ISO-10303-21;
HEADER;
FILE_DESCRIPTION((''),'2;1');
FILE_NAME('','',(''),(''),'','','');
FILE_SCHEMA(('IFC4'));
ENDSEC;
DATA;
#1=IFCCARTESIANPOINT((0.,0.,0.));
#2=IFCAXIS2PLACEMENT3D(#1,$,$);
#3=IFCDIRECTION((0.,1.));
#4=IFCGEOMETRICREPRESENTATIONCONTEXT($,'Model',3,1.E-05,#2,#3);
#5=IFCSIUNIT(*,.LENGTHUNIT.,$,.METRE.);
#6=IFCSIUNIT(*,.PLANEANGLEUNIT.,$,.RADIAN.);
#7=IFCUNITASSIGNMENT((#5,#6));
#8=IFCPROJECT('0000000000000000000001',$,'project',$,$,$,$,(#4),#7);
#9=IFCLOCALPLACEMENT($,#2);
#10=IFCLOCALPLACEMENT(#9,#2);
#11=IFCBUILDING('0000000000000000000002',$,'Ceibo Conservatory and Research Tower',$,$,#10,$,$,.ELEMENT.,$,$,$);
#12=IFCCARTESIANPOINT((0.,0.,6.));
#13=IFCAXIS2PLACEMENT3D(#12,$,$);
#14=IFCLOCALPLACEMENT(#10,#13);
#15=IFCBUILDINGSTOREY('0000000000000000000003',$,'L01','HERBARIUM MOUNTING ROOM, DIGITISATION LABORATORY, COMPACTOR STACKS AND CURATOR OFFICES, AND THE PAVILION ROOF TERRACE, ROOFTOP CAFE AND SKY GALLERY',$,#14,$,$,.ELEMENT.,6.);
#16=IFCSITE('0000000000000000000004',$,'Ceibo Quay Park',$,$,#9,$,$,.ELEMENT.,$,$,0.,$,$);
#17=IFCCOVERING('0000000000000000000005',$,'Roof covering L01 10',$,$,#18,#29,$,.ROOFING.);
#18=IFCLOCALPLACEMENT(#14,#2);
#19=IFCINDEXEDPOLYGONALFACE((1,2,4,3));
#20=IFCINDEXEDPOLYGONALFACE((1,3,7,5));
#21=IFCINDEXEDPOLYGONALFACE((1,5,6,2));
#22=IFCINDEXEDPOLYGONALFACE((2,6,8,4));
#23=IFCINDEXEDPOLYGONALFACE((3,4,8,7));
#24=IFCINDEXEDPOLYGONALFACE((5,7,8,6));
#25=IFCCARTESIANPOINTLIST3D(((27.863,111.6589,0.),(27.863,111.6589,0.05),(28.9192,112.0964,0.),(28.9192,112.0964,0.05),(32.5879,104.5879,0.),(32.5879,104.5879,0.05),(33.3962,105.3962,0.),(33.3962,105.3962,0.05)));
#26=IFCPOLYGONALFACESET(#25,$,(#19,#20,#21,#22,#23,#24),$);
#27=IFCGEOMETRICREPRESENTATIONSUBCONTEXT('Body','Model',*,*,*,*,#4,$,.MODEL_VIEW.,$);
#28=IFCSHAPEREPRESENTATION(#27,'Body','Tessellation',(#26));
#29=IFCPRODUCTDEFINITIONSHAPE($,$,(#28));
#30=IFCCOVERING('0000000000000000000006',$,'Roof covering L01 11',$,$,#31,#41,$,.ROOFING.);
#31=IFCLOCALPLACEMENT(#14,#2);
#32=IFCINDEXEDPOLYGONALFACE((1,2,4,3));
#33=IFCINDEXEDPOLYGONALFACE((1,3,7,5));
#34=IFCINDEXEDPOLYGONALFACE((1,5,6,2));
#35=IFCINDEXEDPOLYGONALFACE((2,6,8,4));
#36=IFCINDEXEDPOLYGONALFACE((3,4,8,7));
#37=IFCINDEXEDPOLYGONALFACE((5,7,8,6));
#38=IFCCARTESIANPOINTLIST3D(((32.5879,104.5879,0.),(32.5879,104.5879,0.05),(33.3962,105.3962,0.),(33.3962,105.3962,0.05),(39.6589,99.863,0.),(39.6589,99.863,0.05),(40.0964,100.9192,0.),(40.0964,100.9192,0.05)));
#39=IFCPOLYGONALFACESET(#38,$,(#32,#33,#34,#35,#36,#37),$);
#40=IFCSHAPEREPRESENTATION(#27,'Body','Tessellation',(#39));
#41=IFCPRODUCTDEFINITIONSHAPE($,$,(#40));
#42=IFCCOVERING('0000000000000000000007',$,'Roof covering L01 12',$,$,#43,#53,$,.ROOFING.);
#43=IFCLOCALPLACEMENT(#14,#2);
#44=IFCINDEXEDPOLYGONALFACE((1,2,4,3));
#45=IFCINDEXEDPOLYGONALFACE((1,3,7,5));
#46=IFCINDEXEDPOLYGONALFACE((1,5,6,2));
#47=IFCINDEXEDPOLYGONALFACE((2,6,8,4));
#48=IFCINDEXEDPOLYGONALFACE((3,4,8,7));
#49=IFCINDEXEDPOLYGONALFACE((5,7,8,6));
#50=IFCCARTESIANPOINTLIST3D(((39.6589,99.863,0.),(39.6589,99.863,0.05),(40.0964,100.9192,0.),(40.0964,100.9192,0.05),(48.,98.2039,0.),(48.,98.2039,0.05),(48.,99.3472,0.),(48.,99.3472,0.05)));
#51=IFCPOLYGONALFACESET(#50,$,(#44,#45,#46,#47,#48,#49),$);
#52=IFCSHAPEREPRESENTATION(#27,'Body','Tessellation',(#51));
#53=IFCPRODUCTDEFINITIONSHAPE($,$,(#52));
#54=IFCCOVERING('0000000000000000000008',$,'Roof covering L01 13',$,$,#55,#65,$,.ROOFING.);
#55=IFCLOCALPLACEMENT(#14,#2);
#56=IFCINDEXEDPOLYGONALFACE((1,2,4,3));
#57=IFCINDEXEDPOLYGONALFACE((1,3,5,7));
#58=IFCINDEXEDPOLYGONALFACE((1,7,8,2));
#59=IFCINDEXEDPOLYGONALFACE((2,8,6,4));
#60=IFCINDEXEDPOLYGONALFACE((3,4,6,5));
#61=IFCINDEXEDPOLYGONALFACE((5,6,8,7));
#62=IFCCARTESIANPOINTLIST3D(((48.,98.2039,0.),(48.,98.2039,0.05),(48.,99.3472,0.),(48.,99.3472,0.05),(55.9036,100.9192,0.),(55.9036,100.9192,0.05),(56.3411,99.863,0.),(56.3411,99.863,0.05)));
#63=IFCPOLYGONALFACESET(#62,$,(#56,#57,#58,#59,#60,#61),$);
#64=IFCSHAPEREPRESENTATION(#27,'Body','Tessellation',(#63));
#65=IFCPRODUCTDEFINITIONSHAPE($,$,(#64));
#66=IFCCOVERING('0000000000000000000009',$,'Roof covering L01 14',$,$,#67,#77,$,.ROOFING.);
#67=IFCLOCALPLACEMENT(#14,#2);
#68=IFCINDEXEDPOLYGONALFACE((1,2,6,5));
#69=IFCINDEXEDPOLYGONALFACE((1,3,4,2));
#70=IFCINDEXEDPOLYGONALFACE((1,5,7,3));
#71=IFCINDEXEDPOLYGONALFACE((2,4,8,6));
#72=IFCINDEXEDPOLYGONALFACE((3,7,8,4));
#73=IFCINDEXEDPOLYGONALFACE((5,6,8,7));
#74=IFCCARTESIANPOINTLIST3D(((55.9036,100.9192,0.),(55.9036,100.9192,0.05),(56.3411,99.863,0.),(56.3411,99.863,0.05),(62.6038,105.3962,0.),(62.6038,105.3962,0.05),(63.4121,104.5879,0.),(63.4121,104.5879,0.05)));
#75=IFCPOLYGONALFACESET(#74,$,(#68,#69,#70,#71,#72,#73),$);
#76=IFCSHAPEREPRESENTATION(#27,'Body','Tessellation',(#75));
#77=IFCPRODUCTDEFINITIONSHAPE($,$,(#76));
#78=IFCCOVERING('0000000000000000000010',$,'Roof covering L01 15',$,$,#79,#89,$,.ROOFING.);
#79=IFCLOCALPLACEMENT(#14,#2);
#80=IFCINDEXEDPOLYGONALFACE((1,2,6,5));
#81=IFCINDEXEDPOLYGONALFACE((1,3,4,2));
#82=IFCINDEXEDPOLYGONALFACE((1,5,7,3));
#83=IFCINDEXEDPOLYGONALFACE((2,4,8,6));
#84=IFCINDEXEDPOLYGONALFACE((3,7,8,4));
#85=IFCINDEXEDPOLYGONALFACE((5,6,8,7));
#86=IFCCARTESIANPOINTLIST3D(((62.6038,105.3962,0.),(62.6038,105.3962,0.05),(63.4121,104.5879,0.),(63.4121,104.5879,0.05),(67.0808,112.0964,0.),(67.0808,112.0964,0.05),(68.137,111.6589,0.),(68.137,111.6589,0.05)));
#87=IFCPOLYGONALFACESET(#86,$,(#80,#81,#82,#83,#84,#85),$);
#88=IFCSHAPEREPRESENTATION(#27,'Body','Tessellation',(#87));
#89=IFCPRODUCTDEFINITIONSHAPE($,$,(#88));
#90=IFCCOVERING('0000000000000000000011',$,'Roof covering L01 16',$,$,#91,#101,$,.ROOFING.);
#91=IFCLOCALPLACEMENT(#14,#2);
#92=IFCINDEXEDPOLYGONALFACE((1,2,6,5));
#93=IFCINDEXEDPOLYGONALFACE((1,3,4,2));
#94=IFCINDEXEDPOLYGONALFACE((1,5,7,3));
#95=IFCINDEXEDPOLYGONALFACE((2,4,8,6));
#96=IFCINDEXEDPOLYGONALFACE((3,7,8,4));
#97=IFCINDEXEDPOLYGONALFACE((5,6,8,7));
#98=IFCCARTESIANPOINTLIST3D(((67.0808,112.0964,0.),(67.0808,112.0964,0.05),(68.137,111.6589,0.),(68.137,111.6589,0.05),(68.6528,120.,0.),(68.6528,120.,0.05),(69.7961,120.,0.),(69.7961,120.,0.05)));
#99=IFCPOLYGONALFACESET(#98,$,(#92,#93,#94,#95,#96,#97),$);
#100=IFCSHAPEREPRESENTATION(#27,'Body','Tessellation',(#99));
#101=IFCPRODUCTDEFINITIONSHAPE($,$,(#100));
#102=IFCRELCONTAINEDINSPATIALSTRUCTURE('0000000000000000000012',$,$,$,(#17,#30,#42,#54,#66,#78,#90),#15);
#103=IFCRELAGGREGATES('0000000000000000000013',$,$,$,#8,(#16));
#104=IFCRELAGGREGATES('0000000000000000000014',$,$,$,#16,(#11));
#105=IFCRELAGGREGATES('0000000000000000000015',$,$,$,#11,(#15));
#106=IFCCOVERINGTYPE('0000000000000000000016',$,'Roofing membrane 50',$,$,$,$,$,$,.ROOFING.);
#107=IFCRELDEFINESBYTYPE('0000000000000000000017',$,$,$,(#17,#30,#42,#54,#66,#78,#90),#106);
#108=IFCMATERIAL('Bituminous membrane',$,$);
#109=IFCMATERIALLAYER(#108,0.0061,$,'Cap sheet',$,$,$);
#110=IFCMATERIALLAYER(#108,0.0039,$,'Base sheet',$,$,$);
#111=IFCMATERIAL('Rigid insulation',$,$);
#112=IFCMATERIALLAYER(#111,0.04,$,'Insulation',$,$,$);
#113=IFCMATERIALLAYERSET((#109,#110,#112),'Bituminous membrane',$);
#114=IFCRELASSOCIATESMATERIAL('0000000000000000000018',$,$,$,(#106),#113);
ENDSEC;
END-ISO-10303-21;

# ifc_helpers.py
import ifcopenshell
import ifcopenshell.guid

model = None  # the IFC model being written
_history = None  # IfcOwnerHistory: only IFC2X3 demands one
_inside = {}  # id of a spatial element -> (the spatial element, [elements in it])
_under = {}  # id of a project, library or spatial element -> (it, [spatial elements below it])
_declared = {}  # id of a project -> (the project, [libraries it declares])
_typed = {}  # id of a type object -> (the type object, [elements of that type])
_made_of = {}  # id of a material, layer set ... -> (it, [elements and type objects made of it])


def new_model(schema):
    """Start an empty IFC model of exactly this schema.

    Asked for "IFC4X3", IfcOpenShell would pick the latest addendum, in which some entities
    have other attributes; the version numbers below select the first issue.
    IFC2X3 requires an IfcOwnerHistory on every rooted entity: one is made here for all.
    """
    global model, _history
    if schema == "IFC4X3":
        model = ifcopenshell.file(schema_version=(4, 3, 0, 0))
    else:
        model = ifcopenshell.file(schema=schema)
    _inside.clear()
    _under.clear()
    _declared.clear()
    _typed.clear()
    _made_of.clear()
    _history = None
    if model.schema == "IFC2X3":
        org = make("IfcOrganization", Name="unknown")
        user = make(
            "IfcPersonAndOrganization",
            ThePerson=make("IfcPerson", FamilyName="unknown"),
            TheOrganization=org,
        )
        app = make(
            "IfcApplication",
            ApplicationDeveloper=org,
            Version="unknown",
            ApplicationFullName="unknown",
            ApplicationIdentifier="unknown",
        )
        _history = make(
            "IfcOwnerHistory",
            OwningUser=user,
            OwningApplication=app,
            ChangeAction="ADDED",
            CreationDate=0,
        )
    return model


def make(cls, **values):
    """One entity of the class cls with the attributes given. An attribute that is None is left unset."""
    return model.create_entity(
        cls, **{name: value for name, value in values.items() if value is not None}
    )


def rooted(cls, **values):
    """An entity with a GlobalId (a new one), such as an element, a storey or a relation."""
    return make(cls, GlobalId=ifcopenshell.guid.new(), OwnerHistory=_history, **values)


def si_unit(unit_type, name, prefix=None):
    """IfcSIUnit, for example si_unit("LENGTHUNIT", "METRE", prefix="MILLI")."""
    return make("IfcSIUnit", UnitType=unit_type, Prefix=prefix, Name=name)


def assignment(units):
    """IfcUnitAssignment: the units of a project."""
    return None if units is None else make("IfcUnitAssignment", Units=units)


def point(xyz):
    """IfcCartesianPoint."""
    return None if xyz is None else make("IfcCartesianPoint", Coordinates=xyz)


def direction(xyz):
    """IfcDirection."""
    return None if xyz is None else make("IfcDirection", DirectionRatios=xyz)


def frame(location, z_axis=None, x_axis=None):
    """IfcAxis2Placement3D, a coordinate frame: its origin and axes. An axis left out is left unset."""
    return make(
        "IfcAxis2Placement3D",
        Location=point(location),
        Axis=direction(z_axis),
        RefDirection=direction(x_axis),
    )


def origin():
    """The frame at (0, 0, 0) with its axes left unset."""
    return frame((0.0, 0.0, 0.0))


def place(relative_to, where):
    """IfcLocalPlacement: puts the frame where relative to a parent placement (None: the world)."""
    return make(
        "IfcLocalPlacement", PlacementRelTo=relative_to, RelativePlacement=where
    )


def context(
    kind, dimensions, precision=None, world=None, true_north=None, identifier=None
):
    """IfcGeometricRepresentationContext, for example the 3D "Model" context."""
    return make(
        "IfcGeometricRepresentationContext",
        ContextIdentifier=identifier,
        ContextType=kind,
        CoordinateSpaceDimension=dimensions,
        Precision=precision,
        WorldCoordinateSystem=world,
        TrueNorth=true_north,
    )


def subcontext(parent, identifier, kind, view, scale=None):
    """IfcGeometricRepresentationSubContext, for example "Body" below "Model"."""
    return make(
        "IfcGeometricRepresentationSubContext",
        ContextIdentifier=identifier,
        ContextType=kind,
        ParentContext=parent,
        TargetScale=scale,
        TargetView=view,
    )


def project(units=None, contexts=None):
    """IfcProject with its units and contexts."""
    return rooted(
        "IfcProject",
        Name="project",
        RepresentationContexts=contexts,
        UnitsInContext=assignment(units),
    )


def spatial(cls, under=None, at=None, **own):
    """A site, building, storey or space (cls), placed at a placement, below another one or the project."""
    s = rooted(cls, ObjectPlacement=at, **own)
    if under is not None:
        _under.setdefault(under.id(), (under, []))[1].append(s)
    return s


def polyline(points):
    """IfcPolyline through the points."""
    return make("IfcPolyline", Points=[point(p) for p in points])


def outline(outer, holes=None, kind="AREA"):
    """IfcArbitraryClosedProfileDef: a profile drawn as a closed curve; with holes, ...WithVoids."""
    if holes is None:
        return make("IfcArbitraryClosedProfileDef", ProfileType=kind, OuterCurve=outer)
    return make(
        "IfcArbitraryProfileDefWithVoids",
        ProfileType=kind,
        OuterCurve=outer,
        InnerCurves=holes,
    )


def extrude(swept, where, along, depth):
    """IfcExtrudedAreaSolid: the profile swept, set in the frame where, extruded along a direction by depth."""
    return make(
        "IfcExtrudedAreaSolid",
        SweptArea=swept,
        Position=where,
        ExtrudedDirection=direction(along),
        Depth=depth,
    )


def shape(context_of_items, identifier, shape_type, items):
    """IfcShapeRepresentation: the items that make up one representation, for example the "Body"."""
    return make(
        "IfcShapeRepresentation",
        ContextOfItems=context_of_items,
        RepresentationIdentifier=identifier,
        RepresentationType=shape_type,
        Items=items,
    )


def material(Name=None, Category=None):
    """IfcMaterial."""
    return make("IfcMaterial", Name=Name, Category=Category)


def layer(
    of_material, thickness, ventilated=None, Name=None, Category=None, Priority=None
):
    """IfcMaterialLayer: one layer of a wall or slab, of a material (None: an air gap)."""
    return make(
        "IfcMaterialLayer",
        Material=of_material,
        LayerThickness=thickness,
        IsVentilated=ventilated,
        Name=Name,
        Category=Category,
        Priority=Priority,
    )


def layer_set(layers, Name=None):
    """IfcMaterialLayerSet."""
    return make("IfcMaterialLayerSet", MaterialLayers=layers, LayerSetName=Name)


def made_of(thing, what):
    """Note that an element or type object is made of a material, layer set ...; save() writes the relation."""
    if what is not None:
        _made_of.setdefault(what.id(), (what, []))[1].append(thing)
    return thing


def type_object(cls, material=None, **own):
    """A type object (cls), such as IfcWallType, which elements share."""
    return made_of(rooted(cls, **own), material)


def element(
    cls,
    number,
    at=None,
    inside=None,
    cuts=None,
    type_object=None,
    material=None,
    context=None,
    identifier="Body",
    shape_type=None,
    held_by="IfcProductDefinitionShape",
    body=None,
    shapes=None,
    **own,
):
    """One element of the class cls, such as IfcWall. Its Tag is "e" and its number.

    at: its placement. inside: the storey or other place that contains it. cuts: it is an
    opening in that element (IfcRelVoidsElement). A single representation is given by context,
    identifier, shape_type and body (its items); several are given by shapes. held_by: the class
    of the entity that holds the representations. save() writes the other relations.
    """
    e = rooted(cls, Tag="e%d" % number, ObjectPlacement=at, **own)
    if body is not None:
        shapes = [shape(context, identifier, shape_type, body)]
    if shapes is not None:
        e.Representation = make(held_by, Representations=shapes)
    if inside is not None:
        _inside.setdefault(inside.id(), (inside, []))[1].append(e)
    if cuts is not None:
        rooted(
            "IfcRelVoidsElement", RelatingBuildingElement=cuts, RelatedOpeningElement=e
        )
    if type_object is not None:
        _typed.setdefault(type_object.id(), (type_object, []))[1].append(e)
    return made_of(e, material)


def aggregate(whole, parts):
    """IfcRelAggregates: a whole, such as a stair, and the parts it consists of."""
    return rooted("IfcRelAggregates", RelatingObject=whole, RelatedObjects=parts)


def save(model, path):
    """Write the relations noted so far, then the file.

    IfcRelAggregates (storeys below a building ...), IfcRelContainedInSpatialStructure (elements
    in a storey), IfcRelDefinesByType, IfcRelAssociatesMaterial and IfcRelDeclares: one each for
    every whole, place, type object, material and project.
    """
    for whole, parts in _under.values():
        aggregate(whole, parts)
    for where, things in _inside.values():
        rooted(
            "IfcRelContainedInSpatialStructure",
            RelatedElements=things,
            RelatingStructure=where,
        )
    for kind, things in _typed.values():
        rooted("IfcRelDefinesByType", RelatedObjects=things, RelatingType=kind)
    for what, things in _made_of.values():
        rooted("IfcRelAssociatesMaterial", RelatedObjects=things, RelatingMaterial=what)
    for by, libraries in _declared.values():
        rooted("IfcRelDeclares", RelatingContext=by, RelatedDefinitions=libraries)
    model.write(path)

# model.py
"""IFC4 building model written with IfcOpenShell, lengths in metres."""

from ifc_helpers import new_model, si_unit, direction, frame, origin, place, context, subcontext, project, spatial, polyline, outline, extrude, material, layer, layer_set, type_object, element, save


model = new_model("IFC4")

# Units and contexts
model_context = context("Model", 3, precision=1e-05, world=origin(), true_north=direction((0.0, 1.0)))
body_context = subcontext(model_context, "Body", "Model", "MODEL_VIEW")
ifc_project = project(units=[si_unit("LENGTHUNIT", "METRE"), si_unit("PLANEANGLEUNIT", "RADIAN")], contexts=[model_context])

# Site, building, storey
site_placement = place(None, origin())
site = spatial("IfcSite", under=ifc_project, at=site_placement, Name="Ceibo Quay Park", CompositionType="ELEMENT", RefElevation=0.0)
building_placement = place(site_placement, origin())
building = spatial("IfcBuilding", under=site, at=building_placement, Name="Ceibo Conservatory and Research Tower", CompositionType="ELEMENT")
storey_placement = place(building_placement, frame((0.0, 0.0, 6.0)))
storey = spatial("IfcBuildingStorey", under=building, at=storey_placement, Name="L01", Description="HERBARIUM MOUNTING ROOM, DIGITISATION LABORATORY, COMPACTOR STACKS AND CURATOR OFFICES, AND THE PAVILION ROOF TERRACE, ROOFTOP CAFE AND SKY GALLERY", CompositionType="ELEMENT", Elevation=6.0)

# Coverings
ifc_material_1 = material(Name="Bituminous membrane")
ifc_layer_1 = layer(ifc_material_1, 0.0061, Name="Cap sheet")
ifc_layer_2 = layer(ifc_material_1, 0.0039, Name="Base sheet")
ifc_material_2 = material(Name="Rigid insulation")
ifc_layer_3 = layer(ifc_material_2, 0.04, Name="Insulation")
ifc_layer_set_1 = layer_set([ifc_layer_1, ifc_layer_2, ifc_layer_3], Name="Bituminous membrane")
covering_type_1 = type_object("IfcCoveringType", Name="Roofing membrane 50", PredefinedType="ROOFING", material=ifc_layer_set_1)
covering_1_placement = place(storey_placement, origin())
element("IfcCovering", 1, at=covering_1_placement, inside=storey, type_object=covering_type_1, Name="Roof covering L01 10", PredefinedType="ROOFING", context=body_context, shape_type="SweptSolid", body=[
    extrude(outline(polyline([(27.863, 111.6589), (32.5879, 104.5879), (33.3962, 105.3962), (28.9192, 112.0964), (27.863, 111.6589)])), origin(), (0.0, 0.0, 1.0), 0.05),
])
covering_2_placement = place(storey_placement, origin())
element("IfcCovering", 2, at=covering_2_placement, inside=storey, type_object=covering_type_1, Name="Roof covering L01 11", PredefinedType="ROOFING", context=body_context, shape_type="SweptSolid", body=[
    extrude(outline(polyline([(32.5879, 104.5879), (39.6589, 99.863), (40.0964, 100.9192), (33.3962, 105.3962), (32.5879, 104.5879)])), origin(), (0.0, 0.0, 1.0), 0.05),
])
covering_3_placement = place(storey_placement, origin())
element("IfcCovering", 3, at=covering_3_placement, inside=storey, type_object=covering_type_1, Name="Roof covering L01 12", PredefinedType="ROOFING", context=body_context, shape_type="SweptSolid", body=[
    extrude(outline(polyline([(39.6589, 99.863), (48.0, 98.2039), (48.0, 99.3472), (40.0964, 100.9192), (39.6589, 99.863)])), origin(), (0.0, 0.0, 1.0), 0.05),
])
covering_4_placement = place(storey_placement, origin())
element("IfcCovering", 4, at=covering_4_placement, inside=storey, type_object=covering_type_1, Name="Roof covering L01 13", PredefinedType="ROOFING", context=body_context, shape_type="SweptSolid", body=[
    extrude(outline(polyline([(48.0, 98.2039), (56.3411, 99.863), (55.9036, 100.9192), (48.0, 99.3472), (48.0, 98.2039)])), origin(), (0.0, 0.0, 1.0), 0.05),
])
covering_5_placement = place(storey_placement, origin())
element("IfcCovering", 5, at=covering_5_placement, inside=storey, type_object=covering_type_1, Name="Roof covering L01 14", PredefinedType="ROOFING", context=body_context, shape_type="SweptSolid", body=[
    extrude(outline(polyline([(56.3411, 99.863), (63.4121, 104.5879), (62.6038, 105.3962), (55.9036, 100.9192), (56.3411, 99.863)])), origin(), (0.0, 0.0, 1.0), 0.05),
])
covering_6_placement = place(storey_placement, origin())
element("IfcCovering", 6, at=covering_6_placement, inside=storey, type_object=covering_type_1, Name="Roof covering L01 15", PredefinedType="ROOFING", context=body_context, shape_type="SweptSolid", body=[
    extrude(outline(polyline([(63.4121, 104.5879), (68.137, 111.6589), (67.0808, 112.0964), (62.6038, 105.3962), (63.4121, 104.5879)])), origin(), (0.0, 0.0, 1.0), 0.05),
])
covering_7_placement = place(storey_placement, origin())
element("IfcCovering", 7, at=covering_7_placement, inside=storey, type_object=covering_type_1, Name="Roof covering L01 16", PredefinedType="ROOFING", context=body_context, shape_type="SweptSolid", body=[
    extrude(outline(polyline([(68.137, 111.6589), (69.7961, 120.0), (68.6528, 120.0), (67.0808, 112.0964), (68.137, 111.6589)])), origin(), (0.0, 0.0, 1.0), 0.05),
])

save(model, "model.ifc")
